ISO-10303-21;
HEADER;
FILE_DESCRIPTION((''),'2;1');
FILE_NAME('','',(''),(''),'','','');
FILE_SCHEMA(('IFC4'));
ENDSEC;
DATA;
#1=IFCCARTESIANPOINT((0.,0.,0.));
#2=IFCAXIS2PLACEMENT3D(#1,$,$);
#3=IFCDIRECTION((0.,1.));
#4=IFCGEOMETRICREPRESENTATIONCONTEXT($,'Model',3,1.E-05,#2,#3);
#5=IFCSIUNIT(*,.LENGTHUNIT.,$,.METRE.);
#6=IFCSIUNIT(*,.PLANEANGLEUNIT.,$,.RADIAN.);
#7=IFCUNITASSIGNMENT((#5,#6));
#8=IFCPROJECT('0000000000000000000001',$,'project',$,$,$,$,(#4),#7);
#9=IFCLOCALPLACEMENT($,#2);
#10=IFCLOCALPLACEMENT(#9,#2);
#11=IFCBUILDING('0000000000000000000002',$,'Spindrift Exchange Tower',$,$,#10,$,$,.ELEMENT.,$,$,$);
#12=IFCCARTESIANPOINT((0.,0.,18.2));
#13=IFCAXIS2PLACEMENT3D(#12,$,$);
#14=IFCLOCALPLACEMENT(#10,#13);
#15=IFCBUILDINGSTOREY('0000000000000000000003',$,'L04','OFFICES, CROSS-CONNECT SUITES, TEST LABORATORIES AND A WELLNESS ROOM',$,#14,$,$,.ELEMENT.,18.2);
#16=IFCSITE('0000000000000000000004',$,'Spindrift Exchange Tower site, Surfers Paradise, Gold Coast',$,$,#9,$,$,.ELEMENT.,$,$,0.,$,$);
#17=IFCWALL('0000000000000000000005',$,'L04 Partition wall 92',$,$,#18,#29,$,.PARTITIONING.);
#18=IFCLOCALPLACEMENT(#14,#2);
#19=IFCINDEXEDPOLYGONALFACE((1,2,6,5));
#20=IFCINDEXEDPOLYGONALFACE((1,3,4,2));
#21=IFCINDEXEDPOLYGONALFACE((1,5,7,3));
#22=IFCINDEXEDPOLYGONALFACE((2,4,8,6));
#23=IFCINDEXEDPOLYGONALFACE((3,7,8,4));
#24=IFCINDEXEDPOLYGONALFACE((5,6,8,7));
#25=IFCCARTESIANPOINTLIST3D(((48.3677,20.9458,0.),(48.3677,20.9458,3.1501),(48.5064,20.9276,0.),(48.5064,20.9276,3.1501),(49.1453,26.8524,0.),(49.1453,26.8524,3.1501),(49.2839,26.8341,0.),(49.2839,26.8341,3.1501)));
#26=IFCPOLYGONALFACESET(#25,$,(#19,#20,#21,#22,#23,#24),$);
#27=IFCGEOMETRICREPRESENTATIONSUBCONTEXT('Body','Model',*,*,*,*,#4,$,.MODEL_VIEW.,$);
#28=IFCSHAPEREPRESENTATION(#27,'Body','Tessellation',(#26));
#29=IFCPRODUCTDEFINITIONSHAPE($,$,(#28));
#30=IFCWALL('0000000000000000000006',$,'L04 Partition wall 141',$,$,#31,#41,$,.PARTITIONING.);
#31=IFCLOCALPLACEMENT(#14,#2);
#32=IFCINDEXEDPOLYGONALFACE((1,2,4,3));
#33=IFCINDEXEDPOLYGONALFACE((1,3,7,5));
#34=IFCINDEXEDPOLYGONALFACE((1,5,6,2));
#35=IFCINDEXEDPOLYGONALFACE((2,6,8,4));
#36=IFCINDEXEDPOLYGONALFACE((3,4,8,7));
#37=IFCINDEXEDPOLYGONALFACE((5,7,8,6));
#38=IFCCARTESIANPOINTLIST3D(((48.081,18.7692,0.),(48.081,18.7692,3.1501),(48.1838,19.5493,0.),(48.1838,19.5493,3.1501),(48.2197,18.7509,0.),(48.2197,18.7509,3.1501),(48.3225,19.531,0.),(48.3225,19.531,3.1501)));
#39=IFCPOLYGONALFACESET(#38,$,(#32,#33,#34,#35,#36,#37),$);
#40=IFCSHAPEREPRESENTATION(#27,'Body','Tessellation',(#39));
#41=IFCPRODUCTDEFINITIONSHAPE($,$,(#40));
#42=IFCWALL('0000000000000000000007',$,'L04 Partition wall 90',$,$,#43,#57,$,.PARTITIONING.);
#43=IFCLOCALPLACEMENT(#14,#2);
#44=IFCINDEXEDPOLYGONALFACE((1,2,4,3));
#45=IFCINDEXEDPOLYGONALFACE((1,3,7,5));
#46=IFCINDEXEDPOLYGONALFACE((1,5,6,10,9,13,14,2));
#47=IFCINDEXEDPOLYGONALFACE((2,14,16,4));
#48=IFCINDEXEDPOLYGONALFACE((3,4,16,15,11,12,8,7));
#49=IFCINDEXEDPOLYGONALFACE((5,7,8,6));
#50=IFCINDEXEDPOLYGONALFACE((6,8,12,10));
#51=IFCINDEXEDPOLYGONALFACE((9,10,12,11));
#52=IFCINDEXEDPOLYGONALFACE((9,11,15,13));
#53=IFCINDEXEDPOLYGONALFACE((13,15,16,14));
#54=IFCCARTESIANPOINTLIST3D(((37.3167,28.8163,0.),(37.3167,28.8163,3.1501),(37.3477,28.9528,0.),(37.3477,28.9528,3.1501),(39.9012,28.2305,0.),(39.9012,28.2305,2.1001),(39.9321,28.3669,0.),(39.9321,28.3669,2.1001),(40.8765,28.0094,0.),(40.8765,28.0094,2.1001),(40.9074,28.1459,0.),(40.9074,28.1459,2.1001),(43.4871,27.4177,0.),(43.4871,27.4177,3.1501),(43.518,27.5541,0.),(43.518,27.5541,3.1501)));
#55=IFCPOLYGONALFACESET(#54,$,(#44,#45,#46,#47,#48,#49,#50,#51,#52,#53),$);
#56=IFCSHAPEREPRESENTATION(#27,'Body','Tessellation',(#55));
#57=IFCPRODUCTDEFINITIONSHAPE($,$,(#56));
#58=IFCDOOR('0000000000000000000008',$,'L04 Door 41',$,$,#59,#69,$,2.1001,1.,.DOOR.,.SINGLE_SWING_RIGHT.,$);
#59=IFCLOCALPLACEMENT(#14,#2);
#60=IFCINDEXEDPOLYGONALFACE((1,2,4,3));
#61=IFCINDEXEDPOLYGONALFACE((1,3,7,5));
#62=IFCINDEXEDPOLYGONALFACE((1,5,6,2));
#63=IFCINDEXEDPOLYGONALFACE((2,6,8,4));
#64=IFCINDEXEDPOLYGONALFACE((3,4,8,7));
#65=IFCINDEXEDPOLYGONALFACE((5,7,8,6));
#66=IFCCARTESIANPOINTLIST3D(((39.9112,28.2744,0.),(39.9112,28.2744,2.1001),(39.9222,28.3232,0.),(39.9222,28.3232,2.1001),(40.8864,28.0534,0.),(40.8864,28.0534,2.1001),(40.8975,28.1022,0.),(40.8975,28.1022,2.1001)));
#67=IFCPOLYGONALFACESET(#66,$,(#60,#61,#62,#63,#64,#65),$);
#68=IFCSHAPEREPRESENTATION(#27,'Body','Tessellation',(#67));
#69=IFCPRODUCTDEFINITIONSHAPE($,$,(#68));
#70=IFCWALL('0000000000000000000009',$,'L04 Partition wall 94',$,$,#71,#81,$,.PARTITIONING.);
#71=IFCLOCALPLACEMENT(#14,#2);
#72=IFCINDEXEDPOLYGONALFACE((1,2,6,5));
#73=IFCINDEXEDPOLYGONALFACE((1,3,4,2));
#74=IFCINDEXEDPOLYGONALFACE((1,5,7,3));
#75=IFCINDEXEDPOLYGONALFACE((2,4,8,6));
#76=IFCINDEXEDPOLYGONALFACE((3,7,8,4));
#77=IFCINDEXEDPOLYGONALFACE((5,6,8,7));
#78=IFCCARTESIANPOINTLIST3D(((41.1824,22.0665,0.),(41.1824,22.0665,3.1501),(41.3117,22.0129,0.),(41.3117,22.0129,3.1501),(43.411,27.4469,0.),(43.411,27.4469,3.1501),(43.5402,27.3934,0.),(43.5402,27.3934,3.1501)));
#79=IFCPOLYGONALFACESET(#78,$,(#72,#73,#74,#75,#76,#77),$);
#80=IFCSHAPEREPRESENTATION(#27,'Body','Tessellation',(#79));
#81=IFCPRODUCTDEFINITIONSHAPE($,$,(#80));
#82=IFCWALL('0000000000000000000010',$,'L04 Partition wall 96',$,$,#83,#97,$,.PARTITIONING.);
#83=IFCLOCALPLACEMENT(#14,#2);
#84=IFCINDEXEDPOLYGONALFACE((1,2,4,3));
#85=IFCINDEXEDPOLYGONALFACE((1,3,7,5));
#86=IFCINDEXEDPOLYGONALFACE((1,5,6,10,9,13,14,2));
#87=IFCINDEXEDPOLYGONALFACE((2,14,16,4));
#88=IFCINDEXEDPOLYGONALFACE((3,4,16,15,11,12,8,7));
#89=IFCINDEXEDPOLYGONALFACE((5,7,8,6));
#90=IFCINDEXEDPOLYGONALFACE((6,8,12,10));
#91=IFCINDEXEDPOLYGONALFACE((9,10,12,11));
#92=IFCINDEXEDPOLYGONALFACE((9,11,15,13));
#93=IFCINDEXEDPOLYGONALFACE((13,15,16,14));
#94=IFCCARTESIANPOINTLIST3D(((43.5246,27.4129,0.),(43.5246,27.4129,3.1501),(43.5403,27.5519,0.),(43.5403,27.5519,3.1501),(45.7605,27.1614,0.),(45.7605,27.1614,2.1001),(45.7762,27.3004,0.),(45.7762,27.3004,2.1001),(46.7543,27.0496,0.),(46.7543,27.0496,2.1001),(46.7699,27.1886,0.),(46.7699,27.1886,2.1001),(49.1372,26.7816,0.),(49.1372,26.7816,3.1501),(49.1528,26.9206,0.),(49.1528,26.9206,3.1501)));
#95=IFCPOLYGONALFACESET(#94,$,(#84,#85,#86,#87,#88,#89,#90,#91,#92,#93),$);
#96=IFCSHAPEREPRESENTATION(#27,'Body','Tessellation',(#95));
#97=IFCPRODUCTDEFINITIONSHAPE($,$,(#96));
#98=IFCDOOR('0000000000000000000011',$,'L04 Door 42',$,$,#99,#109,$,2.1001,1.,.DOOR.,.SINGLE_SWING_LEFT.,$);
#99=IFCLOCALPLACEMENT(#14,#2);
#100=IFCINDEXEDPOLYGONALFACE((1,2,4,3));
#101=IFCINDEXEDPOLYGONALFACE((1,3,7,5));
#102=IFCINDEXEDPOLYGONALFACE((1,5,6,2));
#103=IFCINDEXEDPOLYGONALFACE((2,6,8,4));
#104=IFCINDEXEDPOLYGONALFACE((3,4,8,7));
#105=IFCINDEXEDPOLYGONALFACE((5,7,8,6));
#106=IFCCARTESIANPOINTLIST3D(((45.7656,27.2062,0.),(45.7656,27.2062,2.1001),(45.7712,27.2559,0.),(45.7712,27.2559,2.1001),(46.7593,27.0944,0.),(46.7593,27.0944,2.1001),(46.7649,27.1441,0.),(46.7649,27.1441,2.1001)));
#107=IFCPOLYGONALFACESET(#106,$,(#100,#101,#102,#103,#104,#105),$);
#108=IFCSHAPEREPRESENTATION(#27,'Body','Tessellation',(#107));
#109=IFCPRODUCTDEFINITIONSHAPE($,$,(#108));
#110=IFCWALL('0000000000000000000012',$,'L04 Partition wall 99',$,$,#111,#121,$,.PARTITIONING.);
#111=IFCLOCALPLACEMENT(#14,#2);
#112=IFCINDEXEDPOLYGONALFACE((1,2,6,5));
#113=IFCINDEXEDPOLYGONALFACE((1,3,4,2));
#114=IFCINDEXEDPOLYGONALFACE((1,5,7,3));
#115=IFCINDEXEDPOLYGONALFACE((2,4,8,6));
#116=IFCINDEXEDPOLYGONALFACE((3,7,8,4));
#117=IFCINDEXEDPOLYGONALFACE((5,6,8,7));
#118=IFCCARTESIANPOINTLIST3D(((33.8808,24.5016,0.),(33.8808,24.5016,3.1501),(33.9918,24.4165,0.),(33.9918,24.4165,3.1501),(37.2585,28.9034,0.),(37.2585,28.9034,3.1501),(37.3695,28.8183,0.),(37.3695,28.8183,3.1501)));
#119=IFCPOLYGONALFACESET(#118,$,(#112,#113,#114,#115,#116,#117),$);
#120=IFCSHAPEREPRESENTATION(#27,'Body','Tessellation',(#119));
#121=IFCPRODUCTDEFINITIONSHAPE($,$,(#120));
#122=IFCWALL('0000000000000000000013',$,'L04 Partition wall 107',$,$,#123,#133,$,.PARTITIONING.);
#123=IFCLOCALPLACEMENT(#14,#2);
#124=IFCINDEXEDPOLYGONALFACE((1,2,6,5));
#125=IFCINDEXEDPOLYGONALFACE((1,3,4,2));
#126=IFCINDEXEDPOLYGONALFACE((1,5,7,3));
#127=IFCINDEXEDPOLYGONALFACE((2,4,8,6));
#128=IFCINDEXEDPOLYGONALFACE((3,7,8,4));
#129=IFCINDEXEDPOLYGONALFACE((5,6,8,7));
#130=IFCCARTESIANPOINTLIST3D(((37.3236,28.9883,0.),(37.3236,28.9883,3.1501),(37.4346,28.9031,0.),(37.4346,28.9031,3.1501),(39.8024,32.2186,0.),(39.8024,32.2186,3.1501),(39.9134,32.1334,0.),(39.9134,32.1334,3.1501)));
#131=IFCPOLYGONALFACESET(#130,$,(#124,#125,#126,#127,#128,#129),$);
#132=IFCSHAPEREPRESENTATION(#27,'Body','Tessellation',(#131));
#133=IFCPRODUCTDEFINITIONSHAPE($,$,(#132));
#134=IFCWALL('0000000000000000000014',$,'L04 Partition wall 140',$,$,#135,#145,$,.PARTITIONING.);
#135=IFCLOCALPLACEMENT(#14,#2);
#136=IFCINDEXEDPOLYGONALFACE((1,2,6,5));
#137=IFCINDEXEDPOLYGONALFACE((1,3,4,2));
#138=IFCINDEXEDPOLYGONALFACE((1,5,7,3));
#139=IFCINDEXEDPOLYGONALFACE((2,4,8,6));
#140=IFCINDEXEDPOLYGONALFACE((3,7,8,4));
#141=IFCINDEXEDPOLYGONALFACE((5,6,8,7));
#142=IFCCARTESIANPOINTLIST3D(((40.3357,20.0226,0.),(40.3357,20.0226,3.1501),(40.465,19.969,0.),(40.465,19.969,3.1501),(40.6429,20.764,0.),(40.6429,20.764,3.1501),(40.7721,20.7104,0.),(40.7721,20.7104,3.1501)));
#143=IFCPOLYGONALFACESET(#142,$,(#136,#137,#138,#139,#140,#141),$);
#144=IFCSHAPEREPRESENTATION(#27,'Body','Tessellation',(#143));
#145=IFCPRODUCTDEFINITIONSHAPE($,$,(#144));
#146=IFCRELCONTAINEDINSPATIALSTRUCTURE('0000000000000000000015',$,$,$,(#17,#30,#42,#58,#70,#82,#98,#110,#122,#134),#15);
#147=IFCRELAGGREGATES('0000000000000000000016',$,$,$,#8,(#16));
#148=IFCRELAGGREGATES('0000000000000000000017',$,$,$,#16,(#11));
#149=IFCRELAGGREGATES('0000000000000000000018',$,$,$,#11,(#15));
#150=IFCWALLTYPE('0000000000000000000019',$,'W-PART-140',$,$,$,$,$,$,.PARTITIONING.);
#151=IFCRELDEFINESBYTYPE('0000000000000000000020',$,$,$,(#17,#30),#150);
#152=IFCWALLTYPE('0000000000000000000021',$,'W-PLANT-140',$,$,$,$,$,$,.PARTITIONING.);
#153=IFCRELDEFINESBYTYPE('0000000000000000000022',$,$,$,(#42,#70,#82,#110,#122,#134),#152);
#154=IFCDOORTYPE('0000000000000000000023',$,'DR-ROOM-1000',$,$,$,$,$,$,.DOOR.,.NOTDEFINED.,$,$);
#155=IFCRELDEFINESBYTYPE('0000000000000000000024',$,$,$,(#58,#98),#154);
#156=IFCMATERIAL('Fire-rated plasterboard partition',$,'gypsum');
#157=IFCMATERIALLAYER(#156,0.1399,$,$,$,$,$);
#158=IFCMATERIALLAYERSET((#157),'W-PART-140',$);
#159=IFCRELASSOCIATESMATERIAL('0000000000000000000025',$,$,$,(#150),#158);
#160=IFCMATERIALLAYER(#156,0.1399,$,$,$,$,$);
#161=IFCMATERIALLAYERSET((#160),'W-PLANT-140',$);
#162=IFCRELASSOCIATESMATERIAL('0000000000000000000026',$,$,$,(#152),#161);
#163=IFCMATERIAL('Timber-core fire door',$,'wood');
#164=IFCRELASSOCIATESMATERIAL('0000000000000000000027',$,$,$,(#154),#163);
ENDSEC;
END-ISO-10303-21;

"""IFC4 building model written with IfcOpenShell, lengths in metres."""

from ifc_helpers import new_model, si_unit, direction, frame, frame_2d, origin, place, context, subcontext, project, spatial, rectangle, extrude, source, transform, mapped, material, layer, layer_set, type_object, element, fill, save


model = new_model("IFC4")

# Units and contexts
model_context = context("Model", 3, precision=1e-05, world=origin(), true_north=direction((0.0, 1.0)))
body_context = subcontext(model_context, "Body", "Model", "MODEL_VIEW")
ifc_project = project(units=[si_unit("LENGTHUNIT", "METRE"), si_unit("PLANEANGLEUNIT", "RADIAN")], contexts=[model_context])

# Site, building, storey
site_placement = place(None, origin())
site = spatial("IfcSite", under=ifc_project, at=site_placement, Name="Spindrift Exchange Tower site, Surfers Paradise, Gold Coast", CompositionType="ELEMENT", RefElevation=0.0)
building_placement = place(site_placement, origin())
building = spatial("IfcBuilding", under=site, at=building_placement, Name="Spindrift Exchange Tower", CompositionType="ELEMENT")
storey_placement = place(building_placement, frame((0.0, 0.0, 18.2)))
storey = spatial("IfcBuildingStorey", under=building, at=storey_placement, Name="L04", Description="OFFICES, CROSS-CONNECT SUITES, TEST LABORATORIES AND A WELLNESS ROOM", CompositionType="ELEMENT", Elevation=18.2)

# Walls
ifc_material_1 = material(Name="Fire-rated plasterboard partition", Category="gypsum")
ifc_layer_1 = layer(ifc_material_1, 0.1399)
ifc_layer_set_1 = layer_set([ifc_layer_1], Name="W-PART-140")
wall_type_1 = type_object("IfcWallType", Name="W-PART-140", PredefinedType="PARTITIONING", material=ifc_layer_set_1)
wall_1_placement = place(storey_placement, frame((49.2146, 26.8433, 0.0), z_axis=(0.0, 0.0, 1.0), x_axis=(-0.130523, -0.991445, 0.0)))
element("IfcWall", 1, at=wall_1_placement, inside=storey, type_object=wall_type_1, Name="L04 Partition wall 92", PredefinedType="PARTITIONING", context=body_context, shape_type="SweptSolid", body=[
    extrude(rectangle(XDim=5.9575, YDim=0.1399, at=frame_2d((2.9788, 0.0))), origin(), (0.0, 0.0, 1.0), 3.1501),
])
wall_2_placement = place(storey_placement, frame((48.2532, 19.5403, 0.0), z_axis=(0.0, 0.0, 1.0), x_axis=(-0.130639, -0.99143, 0.0)))
element("IfcWall", 2, at=wall_2_placement, inside=storey, type_object=wall_type_1, Name="L04 Partition wall 141", PredefinedType="PARTITIONING", context=body_context, shape_type="SweptSolid", body=[
    extrude(rectangle(XDim=0.7869, YDim=0.1399, at=frame_2d((0.3936, 0.0))), origin(), (0.0, 0.0, 1.0), 3.1501),
])

# Wall, opening, door
ifc_layer_2 = layer(ifc_material_1, 0.1399)
ifc_layer_set_2 = layer_set([ifc_layer_2], Name="W-PLANT-140")
wall_type_2 = type_object("IfcWallType", Name="W-PLANT-140", PredefinedType="PARTITIONING", material=ifc_layer_set_2)
wall_3_placement = place(storey_placement, frame((43.5027, 27.4858, 0.0), z_axis=(0.0, 0.0, 1.0), x_axis=(-0.975259, 0.221067, 0.0)))
wall_3 = element("IfcWall", 3, at=wall_3_placement, inside=storey, type_object=wall_type_2, Name="L04 Partition wall 90", PredefinedType="PARTITIONING", context=body_context, shape_type="SweptSolid", body=[
    extrude(rectangle(XDim=6.3269, YDim=0.1399, at=frame_2d((3.1636, 0.0))), origin(), (0.0, 0.0, 1.0), 3.1501),
])
opening_1_placement = place(wall_3_placement, frame((2.677, 0.0, 0.0)))
opening_1 = element("IfcOpeningElement", 4, at=opening_1_placement, cuts=wall_3, PredefinedType="OPENING", context=body_context, shape_type="SweptSolid", body=[
    extrude(rectangle(XDim=1.0, YDim=2.1001, at=frame_2d((0.5, 1.05))), frame((0.0, 0.0798, 0.0), z_axis=(0.0, -1.0, 0.0), x_axis=(1.0, 0.0, 0.0)), (0.0, 0.0, 1.0), 0.1599),
])
ifc_material_2 = material(Name="Timber-core fire door", Category="wood")
door_type = type_object("IfcDoorType", Name="DR-ROOM-1000", OperationType="NOTDEFINED", PredefinedType="DOOR", material=ifc_material_2)
shared_shape_1 = source(origin(), body_context, "Body", "SweptSolid", [
    extrude(rectangle(XDim=1.0, YDim=2.1001, at=frame_2d((0.5, 1.05))), frame((0.0, 0.0249, 0.0), z_axis=(0.0, -1.0, 0.0), x_axis=(1.0, 0.0, 0.0)), (0.0, 0.0, 1.0), 0.05),
])
door_1_placement = place(opening_1_placement, origin())
door_1 = element("IfcDoor", 5, at=door_1_placement, inside=storey, type_object=door_type, Name="L04 Door 41", OperationType="SINGLE_SWING_RIGHT", OverallHeight=2.1001, OverallWidth=1.0, PredefinedType="DOOR", context=body_context, shape_type="MappedRepresentation", body=[
    mapped(shared_shape_1, transform((0.0, 0.0, 0.0), scale=1.0)),
])
fill(opening_1, door_1)

# Wall
wall_4_placement = place(storey_placement, frame((43.4756, 27.4202, 0.0), z_axis=(0.0, 0.0, 1.0), x_axis=(-0.382668, -0.923886, 0.0)))
element("IfcWall", 6, at=wall_4_placement, inside=storey, type_object=wall_type_2, Name="L04 Partition wall 94", PredefinedType="PARTITIONING", context=body_context, shape_type="SweptSolid", body=[
    extrude(rectangle(XDim=5.8237, YDim=0.1399, at=frame_2d((2.9119, 0.0))), origin(), (0.0, 0.0, 1.0), 3.1501),
])

# Wall, opening, door
wall_5_placement = place(storey_placement, frame((49.145, 26.8511, 0.0), z_axis=(0.0, 0.0, 1.0), x_axis=(-0.993733, 0.111784, 0.0)))
wall_5 = element("IfcWall", 7, at=wall_5_placement, inside=storey, type_object=wall_type_2, Name="L04 Partition wall 96", PredefinedType="PARTITIONING", context=body_context, shape_type="SweptSolid", body=[
    extrude(rectangle(XDim=5.6479, YDim=0.1399, at=frame_2d((2.824, 0.0))), origin(), (0.0, 0.0, 1.0), 3.1501),
])
opening_2_placement = place(wall_5_placement, frame((2.3979, 0.0, 0.0)))
opening_2 = element("IfcOpeningElement", 8, at=opening_2_placement, cuts=wall_5, PredefinedType="OPENING", context=body_context, shape_type="SweptSolid", body=[
    extrude(rectangle(XDim=1.0, YDim=2.1001, at=frame_2d((0.5, 1.05))), frame((0.0, 0.0798, 0.0), z_axis=(0.0, -1.0, 0.0), x_axis=(1.0, 0.0, 0.0)), (0.0, 0.0, 1.0), 0.1599),
])
door_2_placement = place(opening_2_placement, origin())
door_2 = element("IfcDoor", 9, at=door_2_placement, inside=storey, type_object=door_type, Name="L04 Door 42", OperationType="SINGLE_SWING_LEFT", OverallHeight=2.1001, OverallWidth=1.0, PredefinedType="DOOR", context=body_context, shape_type="MappedRepresentation", body=[
    mapped(shared_shape_1, transform((0.0, 0.0, 0.0), scale=1.0)),
])
fill(opening_2, door_2)

# Walls
wall_6_placement = place(storey_placement, frame((37.314, 28.8608, 0.0), z_axis=(0.0, 0.0, 1.0), x_axis=(-0.608764, -0.793351, 0.0)))
element("IfcWall", 10, at=wall_6_placement, inside=storey, type_object=wall_type_2, Name="L04 Partition wall 99", PredefinedType="PARTITIONING", context=body_context, shape_type="SweptSolid", body=[
    extrude(rectangle(XDim=5.5483, YDim=0.1399, at=frame_2d((2.7742, 0.0))), origin(), (0.0, 0.0, 1.0), 3.1501),
])
wall_7_placement = place(storey_placement, frame((39.8579, 32.176, 0.0), z_axis=(0.0, 0.0, 1.0), x_axis=(-0.60878, -0.793339, 0.0)))
element("IfcWall", 11, at=wall_7_placement, inside=storey, type_object=wall_type_2, Name="L04 Partition wall 107", PredefinedType="PARTITIONING", context=body_context, shape_type="SweptSolid", body=[
    extrude(rectangle(XDim=4.0718, YDim=0.1399, at=frame_2d((2.0359, 0.0))), origin(), (0.0, 0.0, 1.0), 3.1501),
])
wall_8_placement = place(storey_placement, frame((40.7075, 20.7373, 0.0), z_axis=(0.0, 0.0, 1.0), x_axis=(-0.382692, -0.923876, 0.0)))
element("IfcWall", 12, at=wall_8_placement, inside=storey, type_object=wall_type_2, Name="L04 Partition wall 140", PredefinedType="PARTITIONING", context=body_context, shape_type="SweptSolid", body=[
    extrude(rectangle(XDim=0.8025, YDim=0.1399, at=frame_2d((0.4014, 0.0))), origin(), (0.0, 0.0, 1.0), 3.1501),
])

save(model, "model.ifc")
